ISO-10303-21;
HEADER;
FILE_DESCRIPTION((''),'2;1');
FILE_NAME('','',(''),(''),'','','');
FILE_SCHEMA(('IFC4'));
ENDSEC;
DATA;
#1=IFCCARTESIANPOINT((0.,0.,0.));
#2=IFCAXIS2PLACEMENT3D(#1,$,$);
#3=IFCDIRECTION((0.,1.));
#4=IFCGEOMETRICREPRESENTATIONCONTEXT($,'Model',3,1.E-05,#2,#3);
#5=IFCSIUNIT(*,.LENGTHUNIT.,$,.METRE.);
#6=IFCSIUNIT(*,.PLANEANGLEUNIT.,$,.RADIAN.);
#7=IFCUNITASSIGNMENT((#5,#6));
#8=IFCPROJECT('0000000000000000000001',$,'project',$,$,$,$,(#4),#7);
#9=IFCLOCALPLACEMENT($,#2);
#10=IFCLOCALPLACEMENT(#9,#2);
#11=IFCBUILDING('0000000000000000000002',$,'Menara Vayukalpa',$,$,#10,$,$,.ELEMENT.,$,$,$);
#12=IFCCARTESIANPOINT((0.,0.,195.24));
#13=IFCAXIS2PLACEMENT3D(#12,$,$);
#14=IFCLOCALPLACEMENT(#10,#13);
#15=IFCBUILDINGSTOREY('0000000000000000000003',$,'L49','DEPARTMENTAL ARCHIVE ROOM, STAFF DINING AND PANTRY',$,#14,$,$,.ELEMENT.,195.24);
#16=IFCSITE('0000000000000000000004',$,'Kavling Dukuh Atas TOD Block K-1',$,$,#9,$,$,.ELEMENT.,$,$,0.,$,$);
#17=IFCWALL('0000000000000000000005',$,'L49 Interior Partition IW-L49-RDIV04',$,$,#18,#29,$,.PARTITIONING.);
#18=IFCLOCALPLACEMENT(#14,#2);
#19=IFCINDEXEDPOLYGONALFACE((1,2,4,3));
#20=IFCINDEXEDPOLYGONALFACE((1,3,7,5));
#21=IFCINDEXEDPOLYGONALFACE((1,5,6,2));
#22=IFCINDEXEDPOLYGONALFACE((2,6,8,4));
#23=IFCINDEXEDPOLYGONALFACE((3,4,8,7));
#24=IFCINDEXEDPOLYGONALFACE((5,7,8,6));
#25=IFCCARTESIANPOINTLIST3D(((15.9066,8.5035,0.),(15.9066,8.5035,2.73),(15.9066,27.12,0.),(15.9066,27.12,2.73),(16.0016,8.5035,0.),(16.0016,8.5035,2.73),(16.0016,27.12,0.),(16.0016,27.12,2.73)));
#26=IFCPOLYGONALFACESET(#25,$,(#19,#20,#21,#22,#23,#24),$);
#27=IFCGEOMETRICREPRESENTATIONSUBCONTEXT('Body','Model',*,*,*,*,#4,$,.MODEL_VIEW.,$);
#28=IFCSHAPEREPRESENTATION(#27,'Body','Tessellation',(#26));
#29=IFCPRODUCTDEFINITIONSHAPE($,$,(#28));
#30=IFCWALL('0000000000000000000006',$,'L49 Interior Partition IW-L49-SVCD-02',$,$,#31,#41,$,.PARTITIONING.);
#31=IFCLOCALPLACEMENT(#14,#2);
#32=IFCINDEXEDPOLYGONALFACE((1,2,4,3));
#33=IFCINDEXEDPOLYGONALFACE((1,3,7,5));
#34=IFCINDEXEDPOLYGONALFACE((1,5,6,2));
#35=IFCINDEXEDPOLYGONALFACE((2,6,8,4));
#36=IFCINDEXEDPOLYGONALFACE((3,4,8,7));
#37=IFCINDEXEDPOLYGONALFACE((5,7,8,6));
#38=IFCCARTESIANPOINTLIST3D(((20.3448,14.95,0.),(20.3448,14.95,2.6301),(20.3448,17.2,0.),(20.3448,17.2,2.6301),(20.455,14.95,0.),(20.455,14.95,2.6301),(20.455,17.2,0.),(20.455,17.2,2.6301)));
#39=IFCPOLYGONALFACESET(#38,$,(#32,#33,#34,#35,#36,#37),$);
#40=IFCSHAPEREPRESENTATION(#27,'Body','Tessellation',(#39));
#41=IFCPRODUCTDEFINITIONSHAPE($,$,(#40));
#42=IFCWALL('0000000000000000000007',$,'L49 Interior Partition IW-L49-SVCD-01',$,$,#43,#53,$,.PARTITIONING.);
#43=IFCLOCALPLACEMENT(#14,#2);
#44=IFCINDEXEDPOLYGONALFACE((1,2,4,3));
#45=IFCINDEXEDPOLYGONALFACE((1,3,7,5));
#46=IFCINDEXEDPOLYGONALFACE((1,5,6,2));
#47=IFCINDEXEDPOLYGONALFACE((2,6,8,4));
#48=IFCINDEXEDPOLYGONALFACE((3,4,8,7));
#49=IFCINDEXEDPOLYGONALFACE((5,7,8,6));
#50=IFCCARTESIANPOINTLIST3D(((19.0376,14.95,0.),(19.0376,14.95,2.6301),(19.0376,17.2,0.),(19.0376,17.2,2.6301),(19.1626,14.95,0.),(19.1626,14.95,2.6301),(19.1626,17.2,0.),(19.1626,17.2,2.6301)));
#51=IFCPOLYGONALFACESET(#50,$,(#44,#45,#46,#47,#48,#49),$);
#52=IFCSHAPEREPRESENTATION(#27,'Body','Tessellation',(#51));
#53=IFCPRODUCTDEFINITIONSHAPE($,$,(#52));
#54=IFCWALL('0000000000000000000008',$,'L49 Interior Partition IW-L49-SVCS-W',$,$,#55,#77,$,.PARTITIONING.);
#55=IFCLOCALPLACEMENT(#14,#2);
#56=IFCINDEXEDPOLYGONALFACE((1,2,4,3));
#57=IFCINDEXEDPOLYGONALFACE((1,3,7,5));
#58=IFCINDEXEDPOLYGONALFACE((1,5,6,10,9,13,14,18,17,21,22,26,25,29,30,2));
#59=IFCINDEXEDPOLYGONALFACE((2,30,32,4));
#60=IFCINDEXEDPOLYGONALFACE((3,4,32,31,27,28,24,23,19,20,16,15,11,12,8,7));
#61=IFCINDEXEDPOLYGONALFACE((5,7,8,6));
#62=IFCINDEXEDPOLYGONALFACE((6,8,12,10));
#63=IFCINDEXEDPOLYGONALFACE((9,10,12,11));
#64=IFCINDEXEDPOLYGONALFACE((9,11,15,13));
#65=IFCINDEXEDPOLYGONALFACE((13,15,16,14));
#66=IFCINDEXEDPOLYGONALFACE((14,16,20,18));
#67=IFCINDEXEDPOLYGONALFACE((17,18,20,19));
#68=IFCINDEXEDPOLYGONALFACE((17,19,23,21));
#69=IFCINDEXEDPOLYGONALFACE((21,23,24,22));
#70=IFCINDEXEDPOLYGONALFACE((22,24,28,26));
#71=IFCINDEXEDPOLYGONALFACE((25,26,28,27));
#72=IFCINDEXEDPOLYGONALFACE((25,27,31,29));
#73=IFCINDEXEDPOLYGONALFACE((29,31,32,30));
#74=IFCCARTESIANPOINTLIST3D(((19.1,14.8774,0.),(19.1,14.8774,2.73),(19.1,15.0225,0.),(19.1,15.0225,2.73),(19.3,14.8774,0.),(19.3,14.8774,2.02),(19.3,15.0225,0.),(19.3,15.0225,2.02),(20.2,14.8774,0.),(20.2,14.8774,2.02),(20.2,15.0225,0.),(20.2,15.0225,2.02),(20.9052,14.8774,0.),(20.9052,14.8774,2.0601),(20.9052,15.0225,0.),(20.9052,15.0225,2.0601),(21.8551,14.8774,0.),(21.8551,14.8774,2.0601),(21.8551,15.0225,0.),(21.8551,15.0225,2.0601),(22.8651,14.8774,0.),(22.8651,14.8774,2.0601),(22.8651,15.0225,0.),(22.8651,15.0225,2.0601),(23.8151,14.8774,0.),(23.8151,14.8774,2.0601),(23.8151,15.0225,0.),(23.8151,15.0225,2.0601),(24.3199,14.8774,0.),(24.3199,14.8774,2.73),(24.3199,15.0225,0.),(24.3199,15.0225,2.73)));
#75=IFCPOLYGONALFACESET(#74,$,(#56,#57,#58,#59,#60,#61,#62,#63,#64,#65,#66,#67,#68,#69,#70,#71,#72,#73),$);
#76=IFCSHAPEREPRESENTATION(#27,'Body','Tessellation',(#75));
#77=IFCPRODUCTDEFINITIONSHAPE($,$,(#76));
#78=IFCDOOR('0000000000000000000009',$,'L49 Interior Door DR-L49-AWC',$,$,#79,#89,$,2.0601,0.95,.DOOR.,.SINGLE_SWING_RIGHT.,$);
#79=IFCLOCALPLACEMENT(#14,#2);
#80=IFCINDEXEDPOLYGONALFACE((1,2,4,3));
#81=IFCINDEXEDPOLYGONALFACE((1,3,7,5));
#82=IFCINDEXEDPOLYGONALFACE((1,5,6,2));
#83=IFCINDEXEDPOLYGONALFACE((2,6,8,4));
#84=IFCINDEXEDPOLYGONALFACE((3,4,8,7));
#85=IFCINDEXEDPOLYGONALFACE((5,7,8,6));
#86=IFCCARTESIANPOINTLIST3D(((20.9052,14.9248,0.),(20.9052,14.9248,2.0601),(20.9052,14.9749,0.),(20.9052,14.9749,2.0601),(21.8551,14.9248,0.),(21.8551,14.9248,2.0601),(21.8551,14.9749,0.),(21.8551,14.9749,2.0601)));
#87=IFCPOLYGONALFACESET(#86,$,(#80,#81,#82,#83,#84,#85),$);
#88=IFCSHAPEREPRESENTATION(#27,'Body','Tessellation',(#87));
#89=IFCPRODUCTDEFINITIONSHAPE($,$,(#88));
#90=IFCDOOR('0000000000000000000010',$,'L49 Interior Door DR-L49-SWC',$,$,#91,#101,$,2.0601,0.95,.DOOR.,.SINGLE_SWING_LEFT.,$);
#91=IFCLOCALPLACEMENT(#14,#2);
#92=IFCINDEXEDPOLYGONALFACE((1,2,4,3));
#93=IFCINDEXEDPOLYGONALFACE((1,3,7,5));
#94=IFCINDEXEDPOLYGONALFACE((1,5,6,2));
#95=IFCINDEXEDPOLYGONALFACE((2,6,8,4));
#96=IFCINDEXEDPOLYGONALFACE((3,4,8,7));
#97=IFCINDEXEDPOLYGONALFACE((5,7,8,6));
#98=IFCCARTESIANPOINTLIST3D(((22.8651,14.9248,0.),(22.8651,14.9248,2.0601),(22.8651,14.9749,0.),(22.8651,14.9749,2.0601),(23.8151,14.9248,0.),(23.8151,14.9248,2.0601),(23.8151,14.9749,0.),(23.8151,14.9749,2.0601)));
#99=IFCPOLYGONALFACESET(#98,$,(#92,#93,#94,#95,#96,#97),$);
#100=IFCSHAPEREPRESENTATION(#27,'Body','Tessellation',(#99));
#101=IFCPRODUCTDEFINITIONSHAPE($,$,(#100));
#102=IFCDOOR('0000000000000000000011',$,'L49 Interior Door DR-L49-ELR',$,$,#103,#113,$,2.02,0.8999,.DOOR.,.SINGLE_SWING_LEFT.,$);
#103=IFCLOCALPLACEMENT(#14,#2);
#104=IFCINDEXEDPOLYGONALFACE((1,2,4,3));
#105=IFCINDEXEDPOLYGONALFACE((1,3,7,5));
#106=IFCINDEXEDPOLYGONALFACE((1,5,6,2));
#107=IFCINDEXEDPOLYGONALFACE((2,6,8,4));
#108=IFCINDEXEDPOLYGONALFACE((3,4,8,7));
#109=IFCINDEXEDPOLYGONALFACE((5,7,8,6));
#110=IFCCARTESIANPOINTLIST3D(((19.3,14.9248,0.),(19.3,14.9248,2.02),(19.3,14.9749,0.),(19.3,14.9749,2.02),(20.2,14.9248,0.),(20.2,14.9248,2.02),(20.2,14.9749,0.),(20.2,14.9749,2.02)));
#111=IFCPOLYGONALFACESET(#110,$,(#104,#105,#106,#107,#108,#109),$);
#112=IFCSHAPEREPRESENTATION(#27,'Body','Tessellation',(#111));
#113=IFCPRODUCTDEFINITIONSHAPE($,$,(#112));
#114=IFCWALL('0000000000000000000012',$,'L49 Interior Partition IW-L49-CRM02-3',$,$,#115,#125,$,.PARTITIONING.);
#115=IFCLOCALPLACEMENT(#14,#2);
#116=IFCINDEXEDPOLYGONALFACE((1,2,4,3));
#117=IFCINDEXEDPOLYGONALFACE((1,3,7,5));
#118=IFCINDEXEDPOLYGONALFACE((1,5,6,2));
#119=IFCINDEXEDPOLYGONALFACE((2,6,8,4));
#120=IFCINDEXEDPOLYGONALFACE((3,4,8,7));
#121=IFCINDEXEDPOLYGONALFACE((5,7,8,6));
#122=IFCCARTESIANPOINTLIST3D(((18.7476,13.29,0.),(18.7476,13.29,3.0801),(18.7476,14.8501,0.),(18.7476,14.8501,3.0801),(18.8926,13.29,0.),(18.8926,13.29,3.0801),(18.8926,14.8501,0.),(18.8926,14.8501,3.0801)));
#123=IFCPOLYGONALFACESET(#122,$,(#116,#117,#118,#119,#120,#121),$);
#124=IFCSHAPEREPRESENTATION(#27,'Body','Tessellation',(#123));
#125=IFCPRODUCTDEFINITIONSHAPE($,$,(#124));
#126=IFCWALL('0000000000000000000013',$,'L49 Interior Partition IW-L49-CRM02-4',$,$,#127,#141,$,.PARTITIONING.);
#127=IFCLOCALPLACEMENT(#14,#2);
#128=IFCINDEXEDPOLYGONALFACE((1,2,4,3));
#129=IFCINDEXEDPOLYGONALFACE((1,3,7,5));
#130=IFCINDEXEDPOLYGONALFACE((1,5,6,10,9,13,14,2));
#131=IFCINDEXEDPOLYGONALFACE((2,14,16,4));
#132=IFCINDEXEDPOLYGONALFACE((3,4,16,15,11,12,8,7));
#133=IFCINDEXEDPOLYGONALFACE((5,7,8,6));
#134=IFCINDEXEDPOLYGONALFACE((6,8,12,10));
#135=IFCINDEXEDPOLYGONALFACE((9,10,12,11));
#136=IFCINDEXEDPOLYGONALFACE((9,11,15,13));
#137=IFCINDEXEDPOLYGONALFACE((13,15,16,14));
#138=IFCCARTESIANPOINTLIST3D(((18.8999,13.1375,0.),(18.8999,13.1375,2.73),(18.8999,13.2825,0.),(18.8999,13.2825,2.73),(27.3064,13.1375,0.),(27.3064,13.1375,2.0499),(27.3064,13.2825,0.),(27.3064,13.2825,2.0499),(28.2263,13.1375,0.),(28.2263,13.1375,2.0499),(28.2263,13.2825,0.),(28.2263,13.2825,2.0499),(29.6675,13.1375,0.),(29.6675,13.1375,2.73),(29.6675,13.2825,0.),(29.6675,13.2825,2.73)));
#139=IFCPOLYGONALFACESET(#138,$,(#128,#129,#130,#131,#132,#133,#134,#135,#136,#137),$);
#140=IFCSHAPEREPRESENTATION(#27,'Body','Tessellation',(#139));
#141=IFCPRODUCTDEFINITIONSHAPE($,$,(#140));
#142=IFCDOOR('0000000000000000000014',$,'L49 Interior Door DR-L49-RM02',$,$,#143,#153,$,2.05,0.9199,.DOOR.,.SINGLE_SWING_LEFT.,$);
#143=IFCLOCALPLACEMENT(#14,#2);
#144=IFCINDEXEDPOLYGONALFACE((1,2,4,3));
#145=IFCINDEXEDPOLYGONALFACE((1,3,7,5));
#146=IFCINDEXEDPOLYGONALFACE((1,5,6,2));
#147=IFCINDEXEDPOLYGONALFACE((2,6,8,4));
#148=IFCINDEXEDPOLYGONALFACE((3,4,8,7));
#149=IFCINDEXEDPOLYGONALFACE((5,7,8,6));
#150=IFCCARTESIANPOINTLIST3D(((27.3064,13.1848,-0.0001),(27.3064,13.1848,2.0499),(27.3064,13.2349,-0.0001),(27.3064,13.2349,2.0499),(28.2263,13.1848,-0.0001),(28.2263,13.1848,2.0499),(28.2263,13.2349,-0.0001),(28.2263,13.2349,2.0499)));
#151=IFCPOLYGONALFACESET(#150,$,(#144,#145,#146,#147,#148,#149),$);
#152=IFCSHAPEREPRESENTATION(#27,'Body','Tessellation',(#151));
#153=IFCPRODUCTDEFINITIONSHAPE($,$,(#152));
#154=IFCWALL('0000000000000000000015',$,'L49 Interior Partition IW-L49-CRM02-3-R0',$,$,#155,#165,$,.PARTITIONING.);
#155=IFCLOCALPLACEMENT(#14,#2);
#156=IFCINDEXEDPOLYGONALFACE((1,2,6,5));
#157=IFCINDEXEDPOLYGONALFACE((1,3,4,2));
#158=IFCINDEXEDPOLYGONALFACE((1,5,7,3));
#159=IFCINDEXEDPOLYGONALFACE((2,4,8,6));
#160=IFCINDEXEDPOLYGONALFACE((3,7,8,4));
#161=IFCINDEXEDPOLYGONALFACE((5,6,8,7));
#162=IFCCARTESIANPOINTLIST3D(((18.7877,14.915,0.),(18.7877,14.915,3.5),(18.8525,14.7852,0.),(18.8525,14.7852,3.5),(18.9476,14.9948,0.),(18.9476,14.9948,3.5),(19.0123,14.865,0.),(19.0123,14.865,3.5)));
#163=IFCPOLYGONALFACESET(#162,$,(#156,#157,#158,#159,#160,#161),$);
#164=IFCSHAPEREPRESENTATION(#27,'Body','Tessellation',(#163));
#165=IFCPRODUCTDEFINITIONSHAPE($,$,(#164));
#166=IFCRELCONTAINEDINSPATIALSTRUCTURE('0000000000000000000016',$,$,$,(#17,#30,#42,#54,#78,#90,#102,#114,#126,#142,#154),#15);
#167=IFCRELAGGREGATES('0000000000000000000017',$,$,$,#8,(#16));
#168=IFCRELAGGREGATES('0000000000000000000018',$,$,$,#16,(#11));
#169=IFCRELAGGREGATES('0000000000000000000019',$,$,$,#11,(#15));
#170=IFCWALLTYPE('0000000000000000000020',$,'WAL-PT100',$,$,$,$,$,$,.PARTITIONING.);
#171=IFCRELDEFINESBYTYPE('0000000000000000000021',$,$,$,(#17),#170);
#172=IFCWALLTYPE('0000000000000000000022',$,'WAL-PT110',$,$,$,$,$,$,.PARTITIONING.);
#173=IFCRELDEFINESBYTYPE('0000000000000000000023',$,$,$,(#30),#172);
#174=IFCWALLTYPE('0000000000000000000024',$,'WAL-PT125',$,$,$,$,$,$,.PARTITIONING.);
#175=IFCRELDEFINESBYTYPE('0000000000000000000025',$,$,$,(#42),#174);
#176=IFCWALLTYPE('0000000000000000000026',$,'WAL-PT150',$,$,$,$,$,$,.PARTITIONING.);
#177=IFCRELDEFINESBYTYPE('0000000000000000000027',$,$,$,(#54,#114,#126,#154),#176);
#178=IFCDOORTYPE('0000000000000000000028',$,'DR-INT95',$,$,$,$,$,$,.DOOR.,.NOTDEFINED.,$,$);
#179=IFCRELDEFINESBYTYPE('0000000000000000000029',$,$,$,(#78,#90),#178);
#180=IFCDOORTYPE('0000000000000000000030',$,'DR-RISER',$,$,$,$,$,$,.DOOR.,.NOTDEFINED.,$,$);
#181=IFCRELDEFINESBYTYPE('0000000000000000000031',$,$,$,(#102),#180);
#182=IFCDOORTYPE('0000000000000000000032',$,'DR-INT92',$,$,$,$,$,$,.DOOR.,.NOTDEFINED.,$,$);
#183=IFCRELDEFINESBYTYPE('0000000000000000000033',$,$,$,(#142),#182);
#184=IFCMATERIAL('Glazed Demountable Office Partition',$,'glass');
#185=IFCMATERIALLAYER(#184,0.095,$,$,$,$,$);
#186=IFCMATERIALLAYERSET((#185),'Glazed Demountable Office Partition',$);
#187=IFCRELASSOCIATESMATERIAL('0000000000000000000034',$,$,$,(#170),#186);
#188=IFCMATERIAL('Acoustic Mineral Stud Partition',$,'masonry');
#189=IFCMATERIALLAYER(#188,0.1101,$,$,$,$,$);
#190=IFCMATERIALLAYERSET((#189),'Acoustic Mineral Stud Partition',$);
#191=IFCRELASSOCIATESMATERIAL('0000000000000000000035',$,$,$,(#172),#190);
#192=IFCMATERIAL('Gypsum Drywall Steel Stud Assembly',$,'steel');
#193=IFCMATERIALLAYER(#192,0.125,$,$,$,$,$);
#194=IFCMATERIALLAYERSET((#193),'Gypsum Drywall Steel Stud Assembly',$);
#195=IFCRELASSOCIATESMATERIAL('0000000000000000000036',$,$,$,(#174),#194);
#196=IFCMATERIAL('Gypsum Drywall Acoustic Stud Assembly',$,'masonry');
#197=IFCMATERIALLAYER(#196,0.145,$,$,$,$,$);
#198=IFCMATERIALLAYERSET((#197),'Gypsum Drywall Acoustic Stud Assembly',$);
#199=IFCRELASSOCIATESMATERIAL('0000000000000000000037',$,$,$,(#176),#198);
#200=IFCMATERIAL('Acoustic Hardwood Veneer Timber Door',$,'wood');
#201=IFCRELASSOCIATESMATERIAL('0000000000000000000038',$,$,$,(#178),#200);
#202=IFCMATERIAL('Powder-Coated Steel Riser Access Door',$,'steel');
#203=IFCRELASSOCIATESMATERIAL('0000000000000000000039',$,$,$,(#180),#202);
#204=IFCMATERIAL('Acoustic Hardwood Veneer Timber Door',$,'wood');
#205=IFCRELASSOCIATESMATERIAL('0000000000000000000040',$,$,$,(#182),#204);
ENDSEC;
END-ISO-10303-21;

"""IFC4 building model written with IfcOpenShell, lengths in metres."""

from ifc_helpers import new_model, si_unit, direction, frame, frame_2d, origin, place, context, subcontext, project, spatial, rectangle, extrude, material, layer, layer_set, type_object, element, fill, save


model = new_model("IFC4")

# Units and contexts
model_context = context("Model", 3, precision=1e-05, world=origin(), true_north=direction((0.0, 1.0)))
body_context = subcontext(model_context, "Body", "Model", "MODEL_VIEW")
ifc_project = project(units=[si_unit("LENGTHUNIT", "METRE"), si_unit("PLANEANGLEUNIT", "RADIAN")], contexts=[model_context])

# Site, building, storey
site_placement = place(None, origin())
site = spatial("IfcSite", under=ifc_project, at=site_placement, Name="Kavling Dukuh Atas TOD Block K-1", CompositionType="ELEMENT", RefElevation=0.0)
building_placement = place(site_placement, origin())
building = spatial("IfcBuilding", under=site, at=building_placement, Name="Menara Vayukalpa", CompositionType="ELEMENT")
storey_placement = place(building_placement, frame((0.0, 0.0, 195.24)))
storey = spatial("IfcBuildingStorey", under=building, at=storey_placement, Name="L49", Description="DEPARTMENTAL ARCHIVE ROOM, STAFF DINING AND PANTRY", CompositionType="ELEMENT", Elevation=195.24)

# Walls
ifc_material_1 = material(Name="Glazed Demountable Office Partition", Category="glass")
ifc_layer_1 = layer(ifc_material_1, 0.095)
ifc_layer_set_1 = layer_set([ifc_layer_1], Name="Glazed Demountable Office Partition")
wall_type_1 = type_object("IfcWallType", Name="WAL-PT100", PredefinedType="PARTITIONING", material=ifc_layer_set_1)
wall_1_placement = place(storey_placement, frame((15.9541, 8.5037, 0.0), z_axis=(0.0, 0.0, 1.0), x_axis=(0.0, 1.0, 0.0)))
element("IfcWall", 1, at=wall_1_placement, inside=storey, type_object=wall_type_1, Name="L49 Interior Partition IW-L49-RDIV04", PredefinedType="PARTITIONING", context=body_context, shape_type="SweptSolid", body=[
    extrude(rectangle(XDim=18.6165, YDim=0.095, at=frame_2d((9.3081, 0.0))), origin(), (0.0, 0.0, 1.0), 2.73),
])
ifc_material_2 = material(Name="Acoustic Mineral Stud Partition", Category="masonry")
ifc_layer_2 = layer(ifc_material_2, 0.1101)
ifc_layer_set_2 = layer_set([ifc_layer_2], Name="Acoustic Mineral Stud Partition")
wall_type_2 = type_object("IfcWallType", Name="WAL-PT110", PredefinedType="PARTITIONING", material=ifc_layer_set_2)
wall_2_placement = place(storey_placement, frame((20.3999, 14.95, 0.0), z_axis=(0.0, 0.0, 1.0), x_axis=(0.0, 1.0, 0.0)))
element("IfcWall", 2, at=wall_2_placement, inside=storey, type_object=wall_type_2, Name="L49 Interior Partition IW-L49-SVCD-02", PredefinedType="PARTITIONING", context=body_context, shape_type="SweptSolid", body=[
    extrude(rectangle(XDim=2.25, YDim=0.1101, at=frame_2d((1.125, 0.0))), origin(), (0.0, 0.0, 1.0), 2.6301),
])
ifc_material_3 = material(Name="Gypsum Drywall Steel Stud Assembly", Category="steel")
ifc_layer_3 = layer(ifc_material_3, 0.125)
ifc_layer_set_3 = layer_set([ifc_layer_3], Name="Gypsum Drywall Steel Stud Assembly")
wall_type_3 = type_object("IfcWallType", Name="WAL-PT125", PredefinedType="PARTITIONING", material=ifc_layer_set_3)
wall_3_placement = place(storey_placement, frame((19.1001, 14.95, 0.0), z_axis=(0.0, 0.0, 1.0), x_axis=(0.0, 1.0, 0.0)))
element("IfcWall", 3, at=wall_3_placement, inside=storey, type_object=wall_type_3, Name="L49 Interior Partition IW-L49-SVCD-01", PredefinedType="PARTITIONING", context=body_context, shape_type="SweptSolid", body=[
    extrude(rectangle(XDim=2.25, YDim=0.125, at=frame_2d((1.125, 0.0))), origin(), (0.0, 0.0, 1.0), 2.6301),
])

# Wall, openings, doors
ifc_material_4 = material(Name="Gypsum Drywall Acoustic Stud Assembly", Category="masonry")
ifc_layer_4 = layer(ifc_material_4, 0.145)
ifc_layer_set_4 = layer_set([ifc_layer_4], Name="Gypsum Drywall Acoustic Stud Assembly")
wall_type_4 = type_object("IfcWallType", Name="WAL-PT150", PredefinedType="PARTITIONING", material=ifc_layer_set_4)
wall_4_placement = place(storey_placement, frame((19.1001, 14.95, 0.0), z_axis=(0.0, 0.0, 1.0), x_axis=(1.0, 0.0, 0.0)))
wall_4 = element("IfcWall", 4, at=wall_4_placement, inside=storey, type_object=wall_type_4, Name="L49 Interior Partition IW-L49-SVCS-W", PredefinedType="PARTITIONING", context=body_context, shape_type="SweptSolid", body=[
    extrude(rectangle(XDim=5.22, YDim=0.145, at=frame_2d((2.6099, 0.0))), origin(), (0.0, 0.0, 1.0), 2.73),
])
opening_1_placement = place(wall_4_placement, frame((0.2, 0.0, 0.0)))
opening_1 = element("IfcOpeningElement", 5, at=opening_1_placement, cuts=wall_4, PredefinedType="OPENING", context=body_context, shape_type="SweptSolid", body=[
    extrude(rectangle(XDim=0.8999, YDim=2.02, at=frame_2d((0.45, 1.01))), frame((0.0, 0.0825, 0.0), z_axis=(0.0, -1.0, 0.0), x_axis=(1.0, 0.0, 0.0)), (0.0, 0.0, 1.0), 0.165),
])
opening_2_placement = place(wall_4_placement, frame((1.8049, 0.0, 0.0)))
opening_2 = element("IfcOpeningElement", 6, at=opening_2_placement, cuts=wall_4, PredefinedType="OPENING", context=body_context, shape_type="SweptSolid", body=[
    extrude(rectangle(XDim=0.95, YDim=2.0601, at=frame_2d((0.4751, 1.03))), frame((0.0, 0.0825, 0.0), z_axis=(0.0, -1.0, 0.0), x_axis=(1.0, 0.0, 0.0)), (0.0, 0.0, 1.0), 0.165),
])
opening_3_placement = place(wall_4_placement, frame((3.7649, 0.0, 0.0)))
opening_3 = element("IfcOpeningElement", 7, at=opening_3_placement, cuts=wall_4, PredefinedType="OPENING", context=body_context, shape_type="SweptSolid", body=[
    extrude(rectangle(XDim=0.95, YDim=2.0601, at=frame_2d((0.4751, 1.03))), frame((0.0, 0.0825, 0.0), z_axis=(0.0, -1.0, 0.0), x_axis=(1.0, 0.0, 0.0)), (0.0, 0.0, 1.0), 0.165),
])
ifc_material_5 = material(Name="Acoustic Hardwood Veneer Timber Door", Category="wood")
door_type_1 = type_object("IfcDoorType", Name="DR-INT95", OperationType="NOTDEFINED", PredefinedType="DOOR", material=ifc_material_5)
door_1_placement = place(opening_2_placement, origin())
door_1 = element("IfcDoor", 8, at=door_1_placement, inside=storey, type_object=door_type_1, Name="L49 Interior Door DR-L49-AWC", OperationType="SINGLE_SWING_RIGHT", OverallHeight=2.0601, OverallWidth=0.95, PredefinedType="DOOR", context=body_context, shape_type="SweptSolid", body=[
    extrude(rectangle(XDim=0.95, YDim=2.0601, at=frame_2d((0.4751, 1.03))), frame((0.0, 0.0249, 0.0), z_axis=(0.0, -1.0, 0.0), x_axis=(1.0, 0.0, 0.0)), (0.0, 0.0, 1.0), 0.05),
])
fill(opening_2, door_1)
door_2_placement = place(opening_3_placement, origin())
door_2 = element("IfcDoor", 9, at=door_2_placement, inside=storey, type_object=door_type_1, Name="L49 Interior Door DR-L49-SWC", OperationType="SINGLE_SWING_LEFT", OverallHeight=2.0601, OverallWidth=0.95, PredefinedType="DOOR", context=body_context, shape_type="SweptSolid", body=[
    extrude(rectangle(XDim=0.95, YDim=2.0601, at=frame_2d((0.4751, 1.03))), frame((0.0, 0.0249, 0.0), z_axis=(0.0, -1.0, 0.0), x_axis=(1.0, 0.0, 0.0)), (0.0, 0.0, 1.0), 0.05),
])
fill(opening_3, door_2)
ifc_material_6 = material(Name="Powder-Coated Steel Riser Access Door", Category="steel")
door_type_2 = type_object("IfcDoorType", Name="DR-RISER", OperationType="NOTDEFINED", PredefinedType="DOOR", material=ifc_material_6)
door_3_placement = place(opening_1_placement, origin())
door_3 = element("IfcDoor", 10, at=door_3_placement, inside=storey, type_object=door_type_2, Name="L49 Interior Door DR-L49-ELR", OperationType="SINGLE_SWING_LEFT", OverallHeight=2.02, OverallWidth=0.8999, PredefinedType="DOOR", context=body_context, shape_type="SweptSolid", body=[
    extrude(rectangle(XDim=0.8999, YDim=2.02, at=frame_2d((0.45, 1.01))), frame((0.0, 0.0249, 0.0), z_axis=(0.0, -1.0, 0.0), x_axis=(1.0, 0.0, 0.0)), (0.0, 0.0, 1.0), 0.05),
])
fill(opening_1, door_3)

# Wall
wall_5_placement = place(storey_placement, frame((18.8201, 14.8501, 0.0), z_axis=(0.0, 0.0, 1.0), x_axis=(0.0, -1.0, 0.0)))
element("IfcWall", 11, at=wall_5_placement, inside=storey, type_object=wall_type_4, Name="L49 Interior Partition IW-L49-CRM02-3", PredefinedType="PARTITIONING", context=body_context, shape_type="SweptSolid", body=[
    extrude(rectangle(XDim=1.5601, YDim=0.145, at=frame_2d((0.78, 0.0))), origin(), (0.0, 0.0, 1.0), 3.0801),
])

# Wall, opening, door
wall_6_placement = place(storey_placement, frame((18.8999, 13.21, 0.0), z_axis=(0.0, 0.0, 1.0), x_axis=(1.0, 0.0, 0.0)))
wall_6 = element("IfcWall", 12, at=wall_6_placement, inside=storey, type_object=wall_type_4, Name="L49 Interior Partition IW-L49-CRM02-4", PredefinedType="PARTITIONING", context=body_context, shape_type="SweptSolid", body=[
    extrude(rectangle(XDim=10.7676, YDim=0.145, at=frame_2d((5.3838, 0.0))), origin(), (0.0, 0.0, 1.0), 2.73),
])
opening_4_placement = place(wall_6_placement, frame((8.4065, 0.0, 0.0)))
opening_4 = element("IfcOpeningElement", 13, at=opening_4_placement, cuts=wall_6, PredefinedType="OPENING", context=body_context, shape_type="SweptSolid", body=[
    extrude(rectangle(XDim=0.9199, YDim=2.05, at=frame_2d((0.46, 1.0249))), frame((0.0, 0.0825, 0.0), z_axis=(0.0, -1.0, 0.0), x_axis=(1.0, 0.0, 0.0)), (0.0, 0.0, 1.0), 0.165),
])
ifc_material_7 = material(Name="Acoustic Hardwood Veneer Timber Door", Category="wood")
door_type_3 = type_object("IfcDoorType", Name="DR-INT92", OperationType="NOTDEFINED", PredefinedType="DOOR", material=ifc_material_7)
door_4_placement = place(opening_4_placement, origin())
door_4 = element("IfcDoor", 14, at=door_4_placement, inside=storey, type_object=door_type_3, Name="L49 Interior Door DR-L49-RM02", OperationType="SINGLE_SWING_LEFT", OverallHeight=2.05, OverallWidth=0.9199, PredefinedType="DOOR", context=body_context, shape_type="SweptSolid", body=[
    extrude(rectangle(XDim=0.9199, YDim=2.05, at=frame_2d((0.46, 1.0249))), frame((0.0, 0.0249, 0.0), z_axis=(0.0, -1.0, 0.0), x_axis=(1.0, 0.0, 0.0)), (0.0, 0.0, 1.0), 0.05),
])
fill(opening_4, door_4)

# Wall
wall_7_placement = place(storey_placement, frame((18.8201, 14.8501, 0.0), z_axis=(0.0, 0.0, 1.0), x_axis=(0.8947, 0.446667, 0.0)))
element("IfcWall", 15, at=wall_7_placement, inside=storey, type_object=wall_type_4, Name="L49 Interior Partition IW-L49-CRM02-3-R0", PredefinedType="PARTITIONING", context=body_context, shape_type="SweptSolid", body=[
    extrude(rectangle(XDim=0.1787, YDim=0.145, at=frame_2d((0.0894, 0.0))), origin(), (0.0, 0.0, 1.0), 3.5),
])

save(model, "model.ifc")
